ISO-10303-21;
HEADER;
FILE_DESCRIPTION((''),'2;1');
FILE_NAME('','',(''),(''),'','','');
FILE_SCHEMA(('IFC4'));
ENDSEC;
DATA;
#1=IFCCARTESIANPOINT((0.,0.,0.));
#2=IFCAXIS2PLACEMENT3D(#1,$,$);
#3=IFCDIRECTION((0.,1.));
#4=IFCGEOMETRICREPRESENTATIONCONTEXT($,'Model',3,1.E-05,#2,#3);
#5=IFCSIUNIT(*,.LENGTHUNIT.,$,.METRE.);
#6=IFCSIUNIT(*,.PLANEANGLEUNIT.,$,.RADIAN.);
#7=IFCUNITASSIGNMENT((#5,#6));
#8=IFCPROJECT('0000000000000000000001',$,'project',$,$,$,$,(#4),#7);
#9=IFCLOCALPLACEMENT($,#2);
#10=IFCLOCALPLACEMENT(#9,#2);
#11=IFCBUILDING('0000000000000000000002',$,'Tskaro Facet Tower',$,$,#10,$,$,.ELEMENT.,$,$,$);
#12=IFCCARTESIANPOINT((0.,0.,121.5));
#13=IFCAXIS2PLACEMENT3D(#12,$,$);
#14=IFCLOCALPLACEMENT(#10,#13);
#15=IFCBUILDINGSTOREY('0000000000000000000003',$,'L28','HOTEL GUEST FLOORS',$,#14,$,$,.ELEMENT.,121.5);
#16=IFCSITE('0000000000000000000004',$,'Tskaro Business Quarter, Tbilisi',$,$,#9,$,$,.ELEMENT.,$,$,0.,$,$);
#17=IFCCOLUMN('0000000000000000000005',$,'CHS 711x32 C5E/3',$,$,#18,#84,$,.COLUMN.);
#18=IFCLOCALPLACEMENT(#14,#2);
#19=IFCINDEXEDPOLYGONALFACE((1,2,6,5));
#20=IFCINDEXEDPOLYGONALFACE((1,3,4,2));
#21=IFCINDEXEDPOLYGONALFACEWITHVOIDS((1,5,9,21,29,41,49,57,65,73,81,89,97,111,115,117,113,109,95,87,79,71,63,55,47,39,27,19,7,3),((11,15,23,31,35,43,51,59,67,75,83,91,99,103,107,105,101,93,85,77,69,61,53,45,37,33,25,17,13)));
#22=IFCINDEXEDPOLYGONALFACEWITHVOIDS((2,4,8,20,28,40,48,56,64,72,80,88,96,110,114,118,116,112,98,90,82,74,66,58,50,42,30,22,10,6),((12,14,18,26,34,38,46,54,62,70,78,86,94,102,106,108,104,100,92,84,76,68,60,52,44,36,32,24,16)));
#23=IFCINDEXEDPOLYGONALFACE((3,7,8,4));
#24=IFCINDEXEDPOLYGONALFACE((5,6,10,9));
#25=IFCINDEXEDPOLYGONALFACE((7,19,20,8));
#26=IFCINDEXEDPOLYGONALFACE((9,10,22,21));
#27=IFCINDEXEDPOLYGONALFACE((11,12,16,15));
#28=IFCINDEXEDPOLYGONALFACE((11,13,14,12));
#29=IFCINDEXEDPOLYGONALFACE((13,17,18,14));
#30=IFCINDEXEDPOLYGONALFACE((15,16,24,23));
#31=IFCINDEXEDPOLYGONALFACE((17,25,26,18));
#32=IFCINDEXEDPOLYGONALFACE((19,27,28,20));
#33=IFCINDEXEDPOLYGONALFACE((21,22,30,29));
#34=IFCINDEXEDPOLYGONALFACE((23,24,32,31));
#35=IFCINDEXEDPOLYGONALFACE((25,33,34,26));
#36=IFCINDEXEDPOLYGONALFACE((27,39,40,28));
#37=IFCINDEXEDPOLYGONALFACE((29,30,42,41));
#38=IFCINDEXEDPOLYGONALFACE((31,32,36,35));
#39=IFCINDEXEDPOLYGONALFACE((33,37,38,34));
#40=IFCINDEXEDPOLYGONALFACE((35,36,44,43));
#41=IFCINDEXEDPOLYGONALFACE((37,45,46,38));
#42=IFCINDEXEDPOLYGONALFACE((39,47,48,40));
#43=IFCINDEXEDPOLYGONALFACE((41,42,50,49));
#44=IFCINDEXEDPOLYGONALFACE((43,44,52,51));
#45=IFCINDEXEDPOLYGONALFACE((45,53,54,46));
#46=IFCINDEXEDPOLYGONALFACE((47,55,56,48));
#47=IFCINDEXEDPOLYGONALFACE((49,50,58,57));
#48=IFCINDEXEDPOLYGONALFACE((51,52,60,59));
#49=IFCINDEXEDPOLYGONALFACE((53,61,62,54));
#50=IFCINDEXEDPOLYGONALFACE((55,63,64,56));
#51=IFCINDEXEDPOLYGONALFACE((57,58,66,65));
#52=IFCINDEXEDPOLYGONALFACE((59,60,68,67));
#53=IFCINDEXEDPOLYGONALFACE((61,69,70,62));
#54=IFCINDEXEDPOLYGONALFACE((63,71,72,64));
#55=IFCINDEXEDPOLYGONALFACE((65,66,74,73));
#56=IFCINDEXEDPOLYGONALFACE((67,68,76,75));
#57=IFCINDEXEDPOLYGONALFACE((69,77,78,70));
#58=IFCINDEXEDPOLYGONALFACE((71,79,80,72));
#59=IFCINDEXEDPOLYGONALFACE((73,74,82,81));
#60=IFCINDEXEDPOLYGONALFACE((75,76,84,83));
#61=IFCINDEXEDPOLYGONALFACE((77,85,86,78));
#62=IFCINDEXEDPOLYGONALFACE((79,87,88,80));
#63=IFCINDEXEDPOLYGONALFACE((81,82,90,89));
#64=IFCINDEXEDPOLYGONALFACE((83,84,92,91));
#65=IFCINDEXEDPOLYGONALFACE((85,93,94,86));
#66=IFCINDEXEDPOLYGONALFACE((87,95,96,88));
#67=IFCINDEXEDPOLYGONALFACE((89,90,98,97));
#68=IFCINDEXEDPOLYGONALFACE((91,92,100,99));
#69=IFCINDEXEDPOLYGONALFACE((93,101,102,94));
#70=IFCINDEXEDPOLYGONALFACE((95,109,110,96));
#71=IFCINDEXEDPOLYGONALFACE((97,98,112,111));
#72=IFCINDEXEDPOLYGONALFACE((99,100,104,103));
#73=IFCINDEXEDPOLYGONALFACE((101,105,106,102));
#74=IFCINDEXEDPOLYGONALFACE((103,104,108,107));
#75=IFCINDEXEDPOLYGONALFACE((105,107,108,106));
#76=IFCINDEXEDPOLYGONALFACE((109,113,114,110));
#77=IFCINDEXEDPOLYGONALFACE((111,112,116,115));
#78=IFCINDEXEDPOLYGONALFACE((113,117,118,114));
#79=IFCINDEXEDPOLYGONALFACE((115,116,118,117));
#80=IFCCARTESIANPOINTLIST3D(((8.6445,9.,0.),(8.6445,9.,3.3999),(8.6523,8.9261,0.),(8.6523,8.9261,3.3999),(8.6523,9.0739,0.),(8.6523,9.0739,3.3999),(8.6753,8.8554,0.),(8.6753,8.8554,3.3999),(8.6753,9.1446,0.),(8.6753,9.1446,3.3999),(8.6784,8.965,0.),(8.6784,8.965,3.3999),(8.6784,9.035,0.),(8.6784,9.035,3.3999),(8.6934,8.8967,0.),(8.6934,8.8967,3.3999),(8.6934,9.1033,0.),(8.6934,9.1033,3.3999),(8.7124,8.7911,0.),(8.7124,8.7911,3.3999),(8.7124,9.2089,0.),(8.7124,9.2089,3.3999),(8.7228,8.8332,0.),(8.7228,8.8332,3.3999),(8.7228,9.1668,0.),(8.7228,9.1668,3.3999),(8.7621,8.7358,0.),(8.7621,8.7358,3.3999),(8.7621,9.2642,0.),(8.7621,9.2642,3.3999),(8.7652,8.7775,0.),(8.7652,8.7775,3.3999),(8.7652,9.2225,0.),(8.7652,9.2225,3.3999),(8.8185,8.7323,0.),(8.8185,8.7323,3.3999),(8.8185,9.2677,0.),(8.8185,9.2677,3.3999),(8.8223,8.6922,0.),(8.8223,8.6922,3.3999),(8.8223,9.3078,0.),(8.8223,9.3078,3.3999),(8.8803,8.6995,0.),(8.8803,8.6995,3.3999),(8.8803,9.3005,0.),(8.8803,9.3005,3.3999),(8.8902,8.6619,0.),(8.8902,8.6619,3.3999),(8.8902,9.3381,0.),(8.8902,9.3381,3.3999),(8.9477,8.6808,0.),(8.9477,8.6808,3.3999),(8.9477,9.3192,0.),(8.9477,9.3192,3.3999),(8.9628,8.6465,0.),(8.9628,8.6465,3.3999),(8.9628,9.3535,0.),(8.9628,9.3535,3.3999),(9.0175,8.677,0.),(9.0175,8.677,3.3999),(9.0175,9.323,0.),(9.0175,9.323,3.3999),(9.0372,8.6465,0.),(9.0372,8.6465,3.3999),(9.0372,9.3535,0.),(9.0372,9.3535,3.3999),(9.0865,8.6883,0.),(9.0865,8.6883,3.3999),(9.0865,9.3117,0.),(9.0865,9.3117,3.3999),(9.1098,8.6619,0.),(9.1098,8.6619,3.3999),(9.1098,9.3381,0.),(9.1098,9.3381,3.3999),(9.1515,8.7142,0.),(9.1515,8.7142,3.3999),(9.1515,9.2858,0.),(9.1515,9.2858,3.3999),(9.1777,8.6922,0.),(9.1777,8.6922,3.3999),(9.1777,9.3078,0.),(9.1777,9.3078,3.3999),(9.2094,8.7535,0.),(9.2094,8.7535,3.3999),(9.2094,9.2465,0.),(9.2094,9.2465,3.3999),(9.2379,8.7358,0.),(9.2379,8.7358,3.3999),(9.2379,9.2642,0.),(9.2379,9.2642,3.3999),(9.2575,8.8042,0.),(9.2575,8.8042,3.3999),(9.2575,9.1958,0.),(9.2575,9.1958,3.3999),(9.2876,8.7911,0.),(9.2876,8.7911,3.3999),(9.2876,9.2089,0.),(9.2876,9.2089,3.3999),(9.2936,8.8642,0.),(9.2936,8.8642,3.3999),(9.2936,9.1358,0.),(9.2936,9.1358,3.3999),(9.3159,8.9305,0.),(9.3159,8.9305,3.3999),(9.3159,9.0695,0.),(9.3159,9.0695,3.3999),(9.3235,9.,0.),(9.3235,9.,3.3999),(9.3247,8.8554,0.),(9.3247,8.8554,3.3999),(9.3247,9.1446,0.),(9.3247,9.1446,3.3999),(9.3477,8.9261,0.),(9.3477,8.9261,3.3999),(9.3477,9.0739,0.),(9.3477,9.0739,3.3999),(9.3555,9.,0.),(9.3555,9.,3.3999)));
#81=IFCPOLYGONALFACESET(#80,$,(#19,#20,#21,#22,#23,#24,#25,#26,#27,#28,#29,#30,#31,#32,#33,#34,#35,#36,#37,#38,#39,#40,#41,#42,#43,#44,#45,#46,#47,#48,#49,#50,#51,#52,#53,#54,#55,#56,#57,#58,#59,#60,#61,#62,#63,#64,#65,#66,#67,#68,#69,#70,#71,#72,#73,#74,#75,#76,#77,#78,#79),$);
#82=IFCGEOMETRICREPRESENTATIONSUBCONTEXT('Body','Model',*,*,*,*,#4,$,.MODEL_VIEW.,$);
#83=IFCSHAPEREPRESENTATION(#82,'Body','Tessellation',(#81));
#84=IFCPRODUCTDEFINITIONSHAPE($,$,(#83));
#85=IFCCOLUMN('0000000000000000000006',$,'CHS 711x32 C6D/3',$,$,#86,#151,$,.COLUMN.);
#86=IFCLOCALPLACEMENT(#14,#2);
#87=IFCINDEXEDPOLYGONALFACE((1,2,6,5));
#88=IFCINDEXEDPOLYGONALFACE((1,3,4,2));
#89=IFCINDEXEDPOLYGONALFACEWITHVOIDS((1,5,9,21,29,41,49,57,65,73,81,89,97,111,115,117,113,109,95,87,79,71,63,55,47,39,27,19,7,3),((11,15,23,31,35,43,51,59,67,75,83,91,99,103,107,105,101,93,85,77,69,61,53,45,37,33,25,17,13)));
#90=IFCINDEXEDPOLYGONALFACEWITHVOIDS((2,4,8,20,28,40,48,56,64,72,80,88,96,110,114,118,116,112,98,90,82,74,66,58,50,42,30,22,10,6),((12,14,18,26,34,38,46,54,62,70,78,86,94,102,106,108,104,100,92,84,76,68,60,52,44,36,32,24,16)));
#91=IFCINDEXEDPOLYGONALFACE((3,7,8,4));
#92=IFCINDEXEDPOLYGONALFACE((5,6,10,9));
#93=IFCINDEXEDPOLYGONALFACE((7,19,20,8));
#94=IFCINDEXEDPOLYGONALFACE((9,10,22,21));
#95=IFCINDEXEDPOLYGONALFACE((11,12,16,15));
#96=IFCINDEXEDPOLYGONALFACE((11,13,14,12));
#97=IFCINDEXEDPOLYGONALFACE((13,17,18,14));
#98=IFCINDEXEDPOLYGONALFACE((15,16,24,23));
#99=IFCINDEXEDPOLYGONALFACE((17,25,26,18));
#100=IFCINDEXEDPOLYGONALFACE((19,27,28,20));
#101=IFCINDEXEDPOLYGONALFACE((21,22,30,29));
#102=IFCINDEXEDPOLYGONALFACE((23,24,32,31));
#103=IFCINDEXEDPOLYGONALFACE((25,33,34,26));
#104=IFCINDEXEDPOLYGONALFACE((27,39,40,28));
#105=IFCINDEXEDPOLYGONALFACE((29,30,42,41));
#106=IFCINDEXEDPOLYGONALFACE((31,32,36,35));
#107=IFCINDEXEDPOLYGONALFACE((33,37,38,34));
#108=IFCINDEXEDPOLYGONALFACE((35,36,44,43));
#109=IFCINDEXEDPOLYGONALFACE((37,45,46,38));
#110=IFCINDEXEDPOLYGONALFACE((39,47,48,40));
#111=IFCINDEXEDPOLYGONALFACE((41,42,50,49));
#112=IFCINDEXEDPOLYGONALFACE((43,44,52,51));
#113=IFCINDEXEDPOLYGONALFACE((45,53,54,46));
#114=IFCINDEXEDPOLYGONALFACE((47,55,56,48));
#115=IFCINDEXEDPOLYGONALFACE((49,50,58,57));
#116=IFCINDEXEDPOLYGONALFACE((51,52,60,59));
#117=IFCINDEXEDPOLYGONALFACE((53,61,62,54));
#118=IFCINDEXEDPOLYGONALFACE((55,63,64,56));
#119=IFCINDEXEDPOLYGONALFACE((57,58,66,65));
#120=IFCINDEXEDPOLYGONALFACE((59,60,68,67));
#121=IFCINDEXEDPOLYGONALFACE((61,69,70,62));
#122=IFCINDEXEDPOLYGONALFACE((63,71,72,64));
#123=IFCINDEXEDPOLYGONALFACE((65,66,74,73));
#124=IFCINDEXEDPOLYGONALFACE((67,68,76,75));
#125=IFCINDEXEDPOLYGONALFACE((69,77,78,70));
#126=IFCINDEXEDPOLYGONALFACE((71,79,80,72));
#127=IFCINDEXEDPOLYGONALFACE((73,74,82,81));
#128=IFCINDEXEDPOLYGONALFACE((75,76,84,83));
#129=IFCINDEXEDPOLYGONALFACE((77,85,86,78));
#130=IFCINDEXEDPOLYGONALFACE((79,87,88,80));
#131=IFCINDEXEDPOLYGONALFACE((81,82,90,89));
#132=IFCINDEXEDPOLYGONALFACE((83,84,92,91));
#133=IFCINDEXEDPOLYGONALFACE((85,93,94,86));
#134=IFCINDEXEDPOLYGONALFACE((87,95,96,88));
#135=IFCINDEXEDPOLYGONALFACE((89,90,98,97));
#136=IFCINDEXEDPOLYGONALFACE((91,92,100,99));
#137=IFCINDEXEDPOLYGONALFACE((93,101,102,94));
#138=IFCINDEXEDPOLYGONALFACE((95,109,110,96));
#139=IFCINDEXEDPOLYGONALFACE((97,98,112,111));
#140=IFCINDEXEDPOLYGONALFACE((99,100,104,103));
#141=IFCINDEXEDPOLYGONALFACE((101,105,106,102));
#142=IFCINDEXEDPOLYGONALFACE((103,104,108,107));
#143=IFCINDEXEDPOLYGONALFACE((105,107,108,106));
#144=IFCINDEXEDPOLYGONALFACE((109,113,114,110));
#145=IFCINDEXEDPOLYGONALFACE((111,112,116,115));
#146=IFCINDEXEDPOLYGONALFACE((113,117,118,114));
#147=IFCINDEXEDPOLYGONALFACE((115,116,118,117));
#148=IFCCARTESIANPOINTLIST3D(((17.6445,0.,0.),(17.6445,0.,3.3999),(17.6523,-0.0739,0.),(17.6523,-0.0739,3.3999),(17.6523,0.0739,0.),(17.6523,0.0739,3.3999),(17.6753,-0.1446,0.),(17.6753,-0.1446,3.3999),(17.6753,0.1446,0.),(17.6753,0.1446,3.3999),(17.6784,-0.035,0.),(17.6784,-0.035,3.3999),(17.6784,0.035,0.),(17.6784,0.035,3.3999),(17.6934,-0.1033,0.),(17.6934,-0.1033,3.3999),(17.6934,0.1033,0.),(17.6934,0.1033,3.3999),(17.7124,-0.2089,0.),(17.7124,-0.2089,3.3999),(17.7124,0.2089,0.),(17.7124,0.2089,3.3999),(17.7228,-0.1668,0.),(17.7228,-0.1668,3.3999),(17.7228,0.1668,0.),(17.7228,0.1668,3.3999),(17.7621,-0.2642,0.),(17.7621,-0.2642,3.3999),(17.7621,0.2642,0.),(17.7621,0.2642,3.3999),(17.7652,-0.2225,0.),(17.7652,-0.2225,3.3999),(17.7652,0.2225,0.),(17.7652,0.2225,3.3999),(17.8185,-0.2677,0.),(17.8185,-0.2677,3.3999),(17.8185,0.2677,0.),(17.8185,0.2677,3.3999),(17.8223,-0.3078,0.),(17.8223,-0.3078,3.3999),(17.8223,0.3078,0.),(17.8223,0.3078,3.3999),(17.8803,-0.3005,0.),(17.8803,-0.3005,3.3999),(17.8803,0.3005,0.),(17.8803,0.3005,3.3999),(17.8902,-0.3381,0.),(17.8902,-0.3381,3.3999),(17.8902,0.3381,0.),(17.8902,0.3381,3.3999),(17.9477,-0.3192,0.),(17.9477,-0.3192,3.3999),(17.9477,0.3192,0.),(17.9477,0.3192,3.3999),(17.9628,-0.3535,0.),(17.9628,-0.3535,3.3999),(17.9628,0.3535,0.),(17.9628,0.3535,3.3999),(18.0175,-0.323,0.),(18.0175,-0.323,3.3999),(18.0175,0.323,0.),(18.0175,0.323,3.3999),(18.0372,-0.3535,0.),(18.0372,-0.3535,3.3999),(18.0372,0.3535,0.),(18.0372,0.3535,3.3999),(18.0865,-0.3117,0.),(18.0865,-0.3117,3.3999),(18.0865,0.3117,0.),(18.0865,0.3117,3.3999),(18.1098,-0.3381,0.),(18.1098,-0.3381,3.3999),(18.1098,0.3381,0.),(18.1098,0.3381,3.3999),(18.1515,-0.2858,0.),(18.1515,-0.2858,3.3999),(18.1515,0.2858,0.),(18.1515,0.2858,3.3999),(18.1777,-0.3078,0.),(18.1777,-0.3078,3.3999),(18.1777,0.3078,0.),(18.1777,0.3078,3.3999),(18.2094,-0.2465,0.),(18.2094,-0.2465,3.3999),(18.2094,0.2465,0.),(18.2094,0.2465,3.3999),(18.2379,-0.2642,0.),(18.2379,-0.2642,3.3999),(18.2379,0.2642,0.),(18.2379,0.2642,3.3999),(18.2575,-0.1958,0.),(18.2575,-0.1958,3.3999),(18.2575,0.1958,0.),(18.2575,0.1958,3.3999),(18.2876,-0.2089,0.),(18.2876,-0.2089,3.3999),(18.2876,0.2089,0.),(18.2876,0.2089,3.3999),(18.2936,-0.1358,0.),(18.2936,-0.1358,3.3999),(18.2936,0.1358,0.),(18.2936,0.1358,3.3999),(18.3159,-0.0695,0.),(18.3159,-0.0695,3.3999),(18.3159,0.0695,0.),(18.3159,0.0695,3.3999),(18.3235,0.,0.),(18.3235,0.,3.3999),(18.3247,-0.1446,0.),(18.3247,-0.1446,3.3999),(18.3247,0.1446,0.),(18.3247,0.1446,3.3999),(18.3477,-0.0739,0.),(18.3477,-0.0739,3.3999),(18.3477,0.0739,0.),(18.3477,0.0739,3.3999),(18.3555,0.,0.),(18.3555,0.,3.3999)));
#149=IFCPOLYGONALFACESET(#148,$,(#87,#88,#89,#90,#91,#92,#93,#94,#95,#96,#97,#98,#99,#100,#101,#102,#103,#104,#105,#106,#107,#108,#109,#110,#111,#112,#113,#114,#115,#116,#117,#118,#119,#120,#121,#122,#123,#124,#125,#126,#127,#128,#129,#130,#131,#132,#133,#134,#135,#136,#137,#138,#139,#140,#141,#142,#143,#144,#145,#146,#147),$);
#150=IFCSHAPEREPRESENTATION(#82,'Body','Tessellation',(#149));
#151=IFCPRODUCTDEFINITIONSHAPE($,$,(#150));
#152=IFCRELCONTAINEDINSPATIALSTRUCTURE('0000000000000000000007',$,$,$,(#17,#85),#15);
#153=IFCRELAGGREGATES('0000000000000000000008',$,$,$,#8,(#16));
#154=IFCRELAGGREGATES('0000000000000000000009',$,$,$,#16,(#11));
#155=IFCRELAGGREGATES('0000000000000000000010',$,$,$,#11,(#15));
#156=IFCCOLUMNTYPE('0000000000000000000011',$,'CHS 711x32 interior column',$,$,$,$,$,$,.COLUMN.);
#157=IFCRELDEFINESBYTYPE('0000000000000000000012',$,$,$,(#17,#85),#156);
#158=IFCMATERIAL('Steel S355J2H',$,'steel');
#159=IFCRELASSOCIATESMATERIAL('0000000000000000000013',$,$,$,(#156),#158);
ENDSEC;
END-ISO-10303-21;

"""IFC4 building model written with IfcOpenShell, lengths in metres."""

from ifc_helpers import new_model, si_unit, direction, frame, origin, origin_2d, place, context, subcontext, project, spatial, hollow_circle, extrude, material, material_profile, profile_set, type_object, element, save


model = new_model("IFC4")

# Units and contexts
model_context = context("Model", 3, precision=1e-05, world=origin(), true_north=direction((0.0, 1.0)))
body_context = subcontext(model_context, "Body", "Model", "MODEL_VIEW")
ifc_project = project(units=[si_unit("LENGTHUNIT", "METRE"), si_unit("PLANEANGLEUNIT", "RADIAN")], contexts=[model_context])

# Site, building, storey
site_placement = place(None, origin())
site = spatial("IfcSite", under=ifc_project, at=site_placement, Name="Tskaro Business Quarter, Tbilisi", CompositionType="ELEMENT", RefElevation=0.0)
building_placement = place(site_placement, origin())
building = spatial("IfcBuilding", under=site, at=building_placement, Name="Tskaro Facet Tower", CompositionType="ELEMENT")
storey_placement = place(building_placement, frame((0.0, 0.0, 121.5)))
storey = spatial("IfcBuildingStorey", under=building, at=storey_placement, Name="L28", Description="HOTEL GUEST FLOORS", CompositionType="ELEMENT", Elevation=121.5)

# Columns
ifc_material_1 = material(Name="Steel S355J2H", Category="steel")
ifc_material_profile = material_profile(ifc_material_1, hollow_circle(Radius=0.3555, WallThickness=0.032, at=origin_2d()), Name="CHS 711x32")
ifc_profile_set = profile_set([ifc_material_profile], Name="Steel S355J2H")
column_type = type_object("IfcColumnType", Name="CHS 711x32 interior column", PredefinedType="COLUMN", material=ifc_profile_set)
for number, where, z_axis, x_axis, name in (
    (1, (9.0, 9.0, 0.0), (0.0, 0.0, 1.0), (1.0, 0.0, 0.0), "CHS 711x32 C5E/3"),
    (2, (18.0, 0.0, 0.0), (0.0, 0.0, 1.0), (1.0, 0.0, 0.0), "CHS 711x32 C6D/3"),
):
    element("IfcColumn", number, at=place(storey_placement, frame(where, z_axis=z_axis, x_axis=x_axis)), inside=storey, type_object=column_type, Name=name, PredefinedType="COLUMN", context=body_context, shape_type="SweptSolid", body=[
        extrude(hollow_circle(Radius=0.3555, WallThickness=0.032, at=origin_2d()), origin(), (0.0, 0.0, 1.0), 3.3999),
    ])

save(model, "model.ifc")
